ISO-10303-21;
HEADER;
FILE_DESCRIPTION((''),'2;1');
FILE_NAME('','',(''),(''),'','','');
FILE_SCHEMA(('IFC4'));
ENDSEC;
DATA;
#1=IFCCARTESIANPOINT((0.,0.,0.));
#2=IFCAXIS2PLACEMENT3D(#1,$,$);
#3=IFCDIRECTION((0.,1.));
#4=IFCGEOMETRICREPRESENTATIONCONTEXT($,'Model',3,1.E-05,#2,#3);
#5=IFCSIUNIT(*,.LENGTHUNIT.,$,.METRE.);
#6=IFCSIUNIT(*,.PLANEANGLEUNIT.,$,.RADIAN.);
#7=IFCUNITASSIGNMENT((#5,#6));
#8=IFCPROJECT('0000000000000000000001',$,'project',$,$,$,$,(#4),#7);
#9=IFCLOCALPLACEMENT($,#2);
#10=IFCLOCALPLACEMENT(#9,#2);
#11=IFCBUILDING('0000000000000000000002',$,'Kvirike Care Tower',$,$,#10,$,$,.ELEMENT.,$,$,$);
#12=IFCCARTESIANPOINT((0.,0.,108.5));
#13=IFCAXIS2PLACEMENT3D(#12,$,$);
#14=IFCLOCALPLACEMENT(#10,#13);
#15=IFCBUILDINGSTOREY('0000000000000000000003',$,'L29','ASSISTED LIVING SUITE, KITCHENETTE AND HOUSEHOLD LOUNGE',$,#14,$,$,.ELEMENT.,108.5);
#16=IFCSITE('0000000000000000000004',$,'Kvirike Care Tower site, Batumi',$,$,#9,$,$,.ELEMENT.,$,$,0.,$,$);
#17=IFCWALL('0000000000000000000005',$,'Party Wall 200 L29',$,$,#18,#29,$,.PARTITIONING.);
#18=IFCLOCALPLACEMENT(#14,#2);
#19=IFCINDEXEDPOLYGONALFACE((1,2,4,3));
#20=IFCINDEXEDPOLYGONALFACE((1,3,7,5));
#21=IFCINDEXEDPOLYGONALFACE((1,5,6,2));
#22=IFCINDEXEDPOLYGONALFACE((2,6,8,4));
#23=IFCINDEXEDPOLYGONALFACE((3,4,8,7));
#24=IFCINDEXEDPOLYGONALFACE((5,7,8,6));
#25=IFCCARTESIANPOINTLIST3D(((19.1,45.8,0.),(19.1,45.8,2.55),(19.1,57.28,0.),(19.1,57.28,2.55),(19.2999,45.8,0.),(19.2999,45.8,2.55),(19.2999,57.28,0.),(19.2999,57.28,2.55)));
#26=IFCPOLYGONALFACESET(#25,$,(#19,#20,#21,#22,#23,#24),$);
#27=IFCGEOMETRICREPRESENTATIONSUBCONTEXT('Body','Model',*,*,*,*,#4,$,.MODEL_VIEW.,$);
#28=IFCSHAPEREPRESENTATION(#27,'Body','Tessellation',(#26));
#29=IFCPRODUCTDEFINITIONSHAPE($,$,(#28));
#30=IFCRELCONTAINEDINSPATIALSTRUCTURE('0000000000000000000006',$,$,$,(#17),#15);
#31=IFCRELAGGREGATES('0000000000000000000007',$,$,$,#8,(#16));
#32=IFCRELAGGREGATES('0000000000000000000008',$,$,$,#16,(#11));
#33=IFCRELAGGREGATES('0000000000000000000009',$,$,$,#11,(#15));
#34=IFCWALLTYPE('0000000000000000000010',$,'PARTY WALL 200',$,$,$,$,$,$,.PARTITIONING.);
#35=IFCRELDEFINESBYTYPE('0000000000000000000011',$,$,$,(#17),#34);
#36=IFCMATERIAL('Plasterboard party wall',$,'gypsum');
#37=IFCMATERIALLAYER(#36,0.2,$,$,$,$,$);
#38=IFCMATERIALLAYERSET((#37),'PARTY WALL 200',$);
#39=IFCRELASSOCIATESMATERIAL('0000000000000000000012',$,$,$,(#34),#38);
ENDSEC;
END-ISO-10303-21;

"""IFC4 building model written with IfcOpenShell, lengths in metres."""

from ifc_helpers import new_model, si_unit, direction, frame, frame_2d, origin, place, context, subcontext, project, spatial, rectangle, extrude, material, layer, layer_set, type_object, element, save


model = new_model("IFC4")

# Units and contexts
model_context = context("Model", 3, precision=1e-05, world=origin(), true_north=direction((0.0, 1.0)))
body_context = subcontext(model_context, "Body", "Model", "MODEL_VIEW")
ifc_project = project(units=[si_unit("LENGTHUNIT", "METRE"), si_unit("PLANEANGLEUNIT", "RADIAN")], contexts=[model_context])

# Site, building, storey
site_placement = place(None, origin())
site = spatial("IfcSite", under=ifc_project, at=site_placement, Name="Kvirike Care Tower site, Batumi", CompositionType="ELEMENT", RefElevation=0.0)
building_placement = place(site_placement, origin())
building = spatial("IfcBuilding", under=site, at=building_placement, Name="Kvirike Care Tower", CompositionType="ELEMENT")
storey_placement = place(building_placement, frame((0.0, 0.0, 108.5)))
storey = spatial("IfcBuildingStorey", under=building, at=storey_placement, Name="L29", Description="ASSISTED LIVING SUITE, KITCHENETTE AND HOUSEHOLD LOUNGE", CompositionType="ELEMENT", Elevation=108.5)

# Wall
ifc_material_1 = material(Name="Plasterboard party wall", Category="gypsum")
ifc_layer_1 = layer(ifc_material_1, 0.2)
ifc_layer_set_1 = layer_set([ifc_layer_1], Name="PARTY WALL 200")
wall_type_1 = type_object("IfcWallType", Name="PARTY WALL 200", PredefinedType="PARTITIONING", material=ifc_layer_set_1)
wall_1_placement = place(storey_placement, frame((19.2, 57.28, 0.0), z_axis=(0.0, 0.0, 1.0), x_axis=(0.0, -1.0, 0.0)))
element("IfcWall", 1, at=wall_1_placement, inside=storey, type_object=wall_type_1, Name="Party Wall 200 L29", PredefinedType="PARTITIONING", context=body_context, shape_type="SweptSolid", body=[
    extrude(rectangle(XDim=11.48, YDim=0.2, at=frame_2d((5.74, 0.0))), origin(), (0.0, 0.0, 1.0), 2.55),
])

save(model, "model.ifc")
